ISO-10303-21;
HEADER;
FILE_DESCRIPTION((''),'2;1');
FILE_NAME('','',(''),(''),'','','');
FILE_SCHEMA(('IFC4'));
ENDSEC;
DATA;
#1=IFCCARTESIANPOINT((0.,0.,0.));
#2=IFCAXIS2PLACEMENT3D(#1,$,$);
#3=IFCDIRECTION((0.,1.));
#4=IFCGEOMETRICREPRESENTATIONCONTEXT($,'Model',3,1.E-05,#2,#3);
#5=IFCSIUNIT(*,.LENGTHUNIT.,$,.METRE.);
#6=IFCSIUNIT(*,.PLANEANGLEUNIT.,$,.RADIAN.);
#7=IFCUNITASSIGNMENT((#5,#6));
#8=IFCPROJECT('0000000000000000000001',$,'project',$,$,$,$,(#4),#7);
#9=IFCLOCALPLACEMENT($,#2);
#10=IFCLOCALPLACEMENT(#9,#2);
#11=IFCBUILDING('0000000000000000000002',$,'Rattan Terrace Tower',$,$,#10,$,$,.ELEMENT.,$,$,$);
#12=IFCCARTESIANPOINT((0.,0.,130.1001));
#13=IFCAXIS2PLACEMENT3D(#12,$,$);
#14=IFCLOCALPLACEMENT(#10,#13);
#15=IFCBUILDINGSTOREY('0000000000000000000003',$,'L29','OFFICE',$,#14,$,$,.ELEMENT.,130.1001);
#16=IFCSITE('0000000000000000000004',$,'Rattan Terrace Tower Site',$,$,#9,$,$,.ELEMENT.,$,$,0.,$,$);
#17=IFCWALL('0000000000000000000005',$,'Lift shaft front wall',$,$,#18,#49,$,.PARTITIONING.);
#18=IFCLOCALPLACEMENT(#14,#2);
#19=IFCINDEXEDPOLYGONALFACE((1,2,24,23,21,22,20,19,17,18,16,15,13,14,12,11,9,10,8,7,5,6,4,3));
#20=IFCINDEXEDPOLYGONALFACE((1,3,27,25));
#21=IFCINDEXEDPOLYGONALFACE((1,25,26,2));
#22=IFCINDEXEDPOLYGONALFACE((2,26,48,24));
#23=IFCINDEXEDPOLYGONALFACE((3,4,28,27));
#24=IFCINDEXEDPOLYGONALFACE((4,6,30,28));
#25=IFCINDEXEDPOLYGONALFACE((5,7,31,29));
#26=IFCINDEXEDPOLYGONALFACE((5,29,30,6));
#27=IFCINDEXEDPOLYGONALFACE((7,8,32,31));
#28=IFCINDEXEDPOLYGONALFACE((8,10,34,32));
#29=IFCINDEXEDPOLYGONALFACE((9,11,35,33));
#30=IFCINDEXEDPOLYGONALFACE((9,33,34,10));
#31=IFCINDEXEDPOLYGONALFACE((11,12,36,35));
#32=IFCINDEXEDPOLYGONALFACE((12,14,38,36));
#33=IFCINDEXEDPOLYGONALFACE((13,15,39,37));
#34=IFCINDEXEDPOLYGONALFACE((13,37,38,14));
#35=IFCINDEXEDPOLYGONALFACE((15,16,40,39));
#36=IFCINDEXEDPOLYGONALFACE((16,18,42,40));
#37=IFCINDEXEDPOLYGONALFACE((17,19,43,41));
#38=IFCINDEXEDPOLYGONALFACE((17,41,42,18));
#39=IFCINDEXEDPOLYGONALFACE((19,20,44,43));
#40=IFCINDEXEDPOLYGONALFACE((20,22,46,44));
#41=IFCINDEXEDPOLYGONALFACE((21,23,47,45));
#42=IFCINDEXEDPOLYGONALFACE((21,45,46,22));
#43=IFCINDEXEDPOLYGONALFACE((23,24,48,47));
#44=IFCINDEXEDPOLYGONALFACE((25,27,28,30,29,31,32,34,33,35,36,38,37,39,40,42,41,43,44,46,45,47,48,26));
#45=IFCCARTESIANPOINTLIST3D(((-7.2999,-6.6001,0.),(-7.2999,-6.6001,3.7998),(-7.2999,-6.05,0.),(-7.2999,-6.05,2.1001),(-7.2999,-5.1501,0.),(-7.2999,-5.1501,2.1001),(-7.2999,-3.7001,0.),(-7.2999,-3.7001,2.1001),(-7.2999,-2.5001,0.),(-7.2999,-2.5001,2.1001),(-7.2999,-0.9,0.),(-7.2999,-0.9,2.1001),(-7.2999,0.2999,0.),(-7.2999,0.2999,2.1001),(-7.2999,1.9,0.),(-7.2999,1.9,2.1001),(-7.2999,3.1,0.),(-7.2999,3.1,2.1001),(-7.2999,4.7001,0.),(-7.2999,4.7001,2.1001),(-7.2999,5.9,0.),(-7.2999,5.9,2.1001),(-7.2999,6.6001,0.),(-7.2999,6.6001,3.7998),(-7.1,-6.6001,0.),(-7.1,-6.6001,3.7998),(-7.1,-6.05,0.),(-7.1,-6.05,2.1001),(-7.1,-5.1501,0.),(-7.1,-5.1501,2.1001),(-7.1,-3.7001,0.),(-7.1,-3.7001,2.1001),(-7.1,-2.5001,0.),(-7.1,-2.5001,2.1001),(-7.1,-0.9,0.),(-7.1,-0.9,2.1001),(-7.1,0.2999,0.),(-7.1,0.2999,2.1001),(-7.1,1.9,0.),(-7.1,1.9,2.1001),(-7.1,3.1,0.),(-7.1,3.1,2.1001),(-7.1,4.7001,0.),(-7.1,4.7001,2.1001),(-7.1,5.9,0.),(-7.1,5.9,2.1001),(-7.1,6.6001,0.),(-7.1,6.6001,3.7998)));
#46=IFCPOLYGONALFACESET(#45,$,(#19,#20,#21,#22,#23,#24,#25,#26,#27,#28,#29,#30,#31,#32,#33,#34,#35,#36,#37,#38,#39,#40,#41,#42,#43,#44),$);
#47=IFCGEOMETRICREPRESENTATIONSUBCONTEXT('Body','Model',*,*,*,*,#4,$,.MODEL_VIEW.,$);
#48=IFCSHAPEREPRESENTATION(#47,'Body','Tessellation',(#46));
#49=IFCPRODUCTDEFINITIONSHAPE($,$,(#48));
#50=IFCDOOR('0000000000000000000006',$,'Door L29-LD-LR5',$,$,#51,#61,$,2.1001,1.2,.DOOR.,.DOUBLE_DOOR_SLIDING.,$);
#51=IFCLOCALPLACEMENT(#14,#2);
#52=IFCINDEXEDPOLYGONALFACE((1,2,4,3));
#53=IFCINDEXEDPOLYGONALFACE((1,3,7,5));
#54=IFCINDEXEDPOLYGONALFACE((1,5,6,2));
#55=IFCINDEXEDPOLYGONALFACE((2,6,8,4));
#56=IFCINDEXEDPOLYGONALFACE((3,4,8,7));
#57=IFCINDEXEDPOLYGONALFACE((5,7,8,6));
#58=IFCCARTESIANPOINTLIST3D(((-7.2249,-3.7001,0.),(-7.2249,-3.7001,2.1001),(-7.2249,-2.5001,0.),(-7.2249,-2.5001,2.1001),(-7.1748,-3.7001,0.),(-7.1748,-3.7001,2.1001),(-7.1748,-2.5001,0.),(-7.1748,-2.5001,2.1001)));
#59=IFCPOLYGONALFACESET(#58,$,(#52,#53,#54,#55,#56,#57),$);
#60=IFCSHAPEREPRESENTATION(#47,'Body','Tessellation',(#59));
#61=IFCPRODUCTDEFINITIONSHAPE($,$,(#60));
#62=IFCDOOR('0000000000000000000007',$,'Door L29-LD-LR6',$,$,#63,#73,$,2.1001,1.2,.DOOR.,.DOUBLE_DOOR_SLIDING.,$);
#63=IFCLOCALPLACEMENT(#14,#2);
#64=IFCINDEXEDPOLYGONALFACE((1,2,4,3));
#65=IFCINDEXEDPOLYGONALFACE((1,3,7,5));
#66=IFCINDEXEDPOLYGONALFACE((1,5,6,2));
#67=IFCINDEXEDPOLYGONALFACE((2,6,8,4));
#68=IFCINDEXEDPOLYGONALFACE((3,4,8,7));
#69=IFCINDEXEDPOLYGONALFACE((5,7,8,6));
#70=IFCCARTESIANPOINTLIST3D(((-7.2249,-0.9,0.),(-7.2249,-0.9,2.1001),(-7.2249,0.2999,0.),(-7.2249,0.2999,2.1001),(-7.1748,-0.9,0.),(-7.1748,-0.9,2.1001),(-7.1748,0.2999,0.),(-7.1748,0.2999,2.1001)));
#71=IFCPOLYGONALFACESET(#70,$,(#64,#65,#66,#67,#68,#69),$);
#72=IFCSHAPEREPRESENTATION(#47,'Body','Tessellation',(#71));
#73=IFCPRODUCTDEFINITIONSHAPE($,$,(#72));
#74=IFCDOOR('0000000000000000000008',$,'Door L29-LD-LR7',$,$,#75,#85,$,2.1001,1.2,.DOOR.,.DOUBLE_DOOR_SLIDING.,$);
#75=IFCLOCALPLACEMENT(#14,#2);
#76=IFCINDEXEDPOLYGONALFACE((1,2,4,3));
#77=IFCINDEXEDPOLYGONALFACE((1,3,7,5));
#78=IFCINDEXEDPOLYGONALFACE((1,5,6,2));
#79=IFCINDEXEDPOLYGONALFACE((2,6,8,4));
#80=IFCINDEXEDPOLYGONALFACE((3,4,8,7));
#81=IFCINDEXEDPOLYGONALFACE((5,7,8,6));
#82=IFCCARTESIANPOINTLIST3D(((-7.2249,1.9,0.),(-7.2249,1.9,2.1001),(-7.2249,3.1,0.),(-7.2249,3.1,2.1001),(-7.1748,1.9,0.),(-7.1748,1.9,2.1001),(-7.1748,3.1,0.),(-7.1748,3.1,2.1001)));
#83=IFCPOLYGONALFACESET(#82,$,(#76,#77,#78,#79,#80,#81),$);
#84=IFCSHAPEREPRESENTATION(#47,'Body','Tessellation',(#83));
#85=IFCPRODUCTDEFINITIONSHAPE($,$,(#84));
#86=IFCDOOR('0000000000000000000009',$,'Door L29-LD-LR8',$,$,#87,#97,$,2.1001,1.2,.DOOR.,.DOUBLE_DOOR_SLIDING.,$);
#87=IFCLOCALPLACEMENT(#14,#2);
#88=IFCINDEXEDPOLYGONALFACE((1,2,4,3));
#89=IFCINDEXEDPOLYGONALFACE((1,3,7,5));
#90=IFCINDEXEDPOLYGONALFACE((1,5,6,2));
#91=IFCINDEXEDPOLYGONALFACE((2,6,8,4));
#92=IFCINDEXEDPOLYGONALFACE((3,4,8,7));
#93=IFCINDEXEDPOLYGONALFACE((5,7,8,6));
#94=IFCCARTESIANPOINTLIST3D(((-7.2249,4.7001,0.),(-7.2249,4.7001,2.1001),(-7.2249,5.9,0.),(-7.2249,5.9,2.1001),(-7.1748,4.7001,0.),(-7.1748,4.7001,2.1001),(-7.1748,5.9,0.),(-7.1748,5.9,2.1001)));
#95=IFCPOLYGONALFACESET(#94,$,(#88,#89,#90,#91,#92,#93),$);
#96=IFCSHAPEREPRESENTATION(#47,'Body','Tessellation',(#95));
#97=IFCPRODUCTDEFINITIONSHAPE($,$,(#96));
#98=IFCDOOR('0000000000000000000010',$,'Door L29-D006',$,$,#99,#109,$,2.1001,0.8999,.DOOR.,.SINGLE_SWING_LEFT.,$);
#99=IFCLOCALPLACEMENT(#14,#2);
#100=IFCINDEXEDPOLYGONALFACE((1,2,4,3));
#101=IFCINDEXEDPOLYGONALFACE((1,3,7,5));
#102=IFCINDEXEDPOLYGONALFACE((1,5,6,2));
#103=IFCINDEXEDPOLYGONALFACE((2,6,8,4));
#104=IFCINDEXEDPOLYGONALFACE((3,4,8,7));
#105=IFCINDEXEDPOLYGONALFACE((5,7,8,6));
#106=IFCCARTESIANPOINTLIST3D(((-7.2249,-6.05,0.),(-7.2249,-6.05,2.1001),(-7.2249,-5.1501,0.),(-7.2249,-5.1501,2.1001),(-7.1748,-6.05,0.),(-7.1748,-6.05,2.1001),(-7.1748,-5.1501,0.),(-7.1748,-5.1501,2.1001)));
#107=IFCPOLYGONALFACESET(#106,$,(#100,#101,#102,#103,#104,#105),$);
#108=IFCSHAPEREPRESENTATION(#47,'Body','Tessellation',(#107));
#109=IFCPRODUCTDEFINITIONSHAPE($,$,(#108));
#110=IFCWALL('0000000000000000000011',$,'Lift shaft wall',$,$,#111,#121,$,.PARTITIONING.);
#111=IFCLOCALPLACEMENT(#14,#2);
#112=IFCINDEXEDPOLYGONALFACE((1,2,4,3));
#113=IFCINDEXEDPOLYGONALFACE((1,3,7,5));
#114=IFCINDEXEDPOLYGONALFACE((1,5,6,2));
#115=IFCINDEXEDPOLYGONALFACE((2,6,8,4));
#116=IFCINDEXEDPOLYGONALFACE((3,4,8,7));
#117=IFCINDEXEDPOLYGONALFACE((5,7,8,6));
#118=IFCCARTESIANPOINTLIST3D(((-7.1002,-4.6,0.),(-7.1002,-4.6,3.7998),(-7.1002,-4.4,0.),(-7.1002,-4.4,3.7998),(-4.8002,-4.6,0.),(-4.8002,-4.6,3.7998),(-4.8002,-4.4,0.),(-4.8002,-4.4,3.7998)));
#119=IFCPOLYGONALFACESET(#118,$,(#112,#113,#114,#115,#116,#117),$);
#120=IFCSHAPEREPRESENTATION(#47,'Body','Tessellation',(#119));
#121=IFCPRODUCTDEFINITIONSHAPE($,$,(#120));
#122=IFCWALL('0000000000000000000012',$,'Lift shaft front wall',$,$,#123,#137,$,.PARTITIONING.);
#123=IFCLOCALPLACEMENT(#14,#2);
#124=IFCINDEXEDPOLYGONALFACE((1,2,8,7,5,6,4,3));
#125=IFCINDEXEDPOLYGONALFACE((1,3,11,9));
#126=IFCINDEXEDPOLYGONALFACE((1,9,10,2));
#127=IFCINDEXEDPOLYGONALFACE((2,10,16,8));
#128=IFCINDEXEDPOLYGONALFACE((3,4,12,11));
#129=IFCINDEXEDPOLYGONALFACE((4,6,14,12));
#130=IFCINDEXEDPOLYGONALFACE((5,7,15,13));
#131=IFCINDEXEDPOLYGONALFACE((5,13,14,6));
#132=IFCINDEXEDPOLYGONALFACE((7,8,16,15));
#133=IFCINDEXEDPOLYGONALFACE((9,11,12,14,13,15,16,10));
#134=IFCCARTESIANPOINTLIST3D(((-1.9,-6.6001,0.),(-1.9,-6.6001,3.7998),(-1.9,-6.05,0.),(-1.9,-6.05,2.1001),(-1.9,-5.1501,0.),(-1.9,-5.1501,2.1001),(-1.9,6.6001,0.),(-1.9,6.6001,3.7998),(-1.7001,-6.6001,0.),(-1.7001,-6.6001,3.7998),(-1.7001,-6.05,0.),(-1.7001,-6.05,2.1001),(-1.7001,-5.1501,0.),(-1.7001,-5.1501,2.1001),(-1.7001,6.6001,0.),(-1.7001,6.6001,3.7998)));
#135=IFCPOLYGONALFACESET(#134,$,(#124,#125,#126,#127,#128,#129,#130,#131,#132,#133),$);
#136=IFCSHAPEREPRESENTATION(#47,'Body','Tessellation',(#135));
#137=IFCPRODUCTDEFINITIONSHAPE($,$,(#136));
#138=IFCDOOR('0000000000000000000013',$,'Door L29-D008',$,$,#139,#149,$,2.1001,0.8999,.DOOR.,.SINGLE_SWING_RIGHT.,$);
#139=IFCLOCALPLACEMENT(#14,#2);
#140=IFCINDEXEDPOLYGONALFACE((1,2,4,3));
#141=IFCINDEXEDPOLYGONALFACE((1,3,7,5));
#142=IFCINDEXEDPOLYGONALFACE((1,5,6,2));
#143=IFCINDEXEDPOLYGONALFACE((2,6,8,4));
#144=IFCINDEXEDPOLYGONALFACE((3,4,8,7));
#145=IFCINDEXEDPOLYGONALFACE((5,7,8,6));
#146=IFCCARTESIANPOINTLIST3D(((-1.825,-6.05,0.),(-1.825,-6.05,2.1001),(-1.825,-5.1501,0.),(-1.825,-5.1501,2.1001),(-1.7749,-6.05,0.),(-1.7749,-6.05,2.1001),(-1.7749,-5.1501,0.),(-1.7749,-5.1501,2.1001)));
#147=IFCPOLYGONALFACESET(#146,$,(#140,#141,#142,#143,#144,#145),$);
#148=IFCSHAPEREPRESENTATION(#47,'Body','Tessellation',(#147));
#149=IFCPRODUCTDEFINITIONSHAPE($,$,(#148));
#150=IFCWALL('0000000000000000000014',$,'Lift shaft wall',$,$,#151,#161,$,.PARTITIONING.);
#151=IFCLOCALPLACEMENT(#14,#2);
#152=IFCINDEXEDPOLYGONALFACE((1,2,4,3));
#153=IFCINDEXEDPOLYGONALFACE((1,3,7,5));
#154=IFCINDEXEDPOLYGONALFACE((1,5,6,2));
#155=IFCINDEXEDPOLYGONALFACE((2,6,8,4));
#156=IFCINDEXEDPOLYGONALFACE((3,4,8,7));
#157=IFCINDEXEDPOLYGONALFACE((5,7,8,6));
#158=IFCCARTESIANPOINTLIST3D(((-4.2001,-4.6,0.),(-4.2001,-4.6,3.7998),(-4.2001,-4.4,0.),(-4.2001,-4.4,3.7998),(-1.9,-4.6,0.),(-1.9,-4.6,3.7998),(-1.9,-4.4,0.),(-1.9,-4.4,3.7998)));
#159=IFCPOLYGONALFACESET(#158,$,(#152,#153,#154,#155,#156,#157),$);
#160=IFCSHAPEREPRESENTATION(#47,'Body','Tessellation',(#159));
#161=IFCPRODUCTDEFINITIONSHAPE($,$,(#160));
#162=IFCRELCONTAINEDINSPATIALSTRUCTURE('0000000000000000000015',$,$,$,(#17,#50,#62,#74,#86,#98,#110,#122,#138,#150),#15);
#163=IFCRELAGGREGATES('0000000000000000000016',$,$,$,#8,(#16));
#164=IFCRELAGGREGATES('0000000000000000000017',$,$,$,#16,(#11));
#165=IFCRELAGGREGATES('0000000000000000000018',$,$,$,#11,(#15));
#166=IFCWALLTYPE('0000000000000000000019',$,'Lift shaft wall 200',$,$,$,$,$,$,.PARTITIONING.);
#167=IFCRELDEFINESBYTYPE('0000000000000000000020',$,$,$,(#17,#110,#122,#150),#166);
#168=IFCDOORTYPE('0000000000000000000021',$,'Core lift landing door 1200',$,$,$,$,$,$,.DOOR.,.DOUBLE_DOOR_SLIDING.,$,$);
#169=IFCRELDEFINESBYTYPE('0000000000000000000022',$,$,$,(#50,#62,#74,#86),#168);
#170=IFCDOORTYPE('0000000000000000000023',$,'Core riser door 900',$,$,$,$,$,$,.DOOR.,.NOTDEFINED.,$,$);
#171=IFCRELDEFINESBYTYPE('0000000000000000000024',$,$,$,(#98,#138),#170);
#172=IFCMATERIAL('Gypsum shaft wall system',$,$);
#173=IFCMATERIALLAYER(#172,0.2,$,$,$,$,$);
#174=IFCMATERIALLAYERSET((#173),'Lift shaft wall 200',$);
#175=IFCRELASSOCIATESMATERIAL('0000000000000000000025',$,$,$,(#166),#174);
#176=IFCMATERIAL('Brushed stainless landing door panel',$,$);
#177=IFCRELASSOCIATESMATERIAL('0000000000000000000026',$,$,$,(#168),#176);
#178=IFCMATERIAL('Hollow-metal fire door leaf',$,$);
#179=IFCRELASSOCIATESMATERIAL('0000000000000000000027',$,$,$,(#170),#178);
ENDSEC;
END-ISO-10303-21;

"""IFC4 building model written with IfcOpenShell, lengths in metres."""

from ifc_helpers import new_model, si_unit, direction, frame, frame_2d, origin, place, context, subcontext, project, spatial, rectangle, extrude, material, layer, layer_set, type_object, element, fill, save


model = new_model("IFC4")

# Units and contexts
model_context = context("Model", 3, precision=1e-05, world=origin(), true_north=direction((0.0, 1.0)))
body_context = subcontext(model_context, "Body", "Model", "MODEL_VIEW")
ifc_project = project(units=[si_unit("LENGTHUNIT", "METRE"), si_unit("PLANEANGLEUNIT", "RADIAN")], contexts=[model_context])

# Site, building, storey
site_placement = place(None, origin())
site = spatial("IfcSite", under=ifc_project, at=site_placement, Name="Rattan Terrace Tower Site", CompositionType="ELEMENT", RefElevation=0.0)
building_placement = place(site_placement, origin())
building = spatial("IfcBuilding", under=site, at=building_placement, Name="Rattan Terrace Tower", CompositionType="ELEMENT")
storey_placement = place(building_placement, frame((0.0, 0.0, 130.1001)))
storey = spatial("IfcBuildingStorey", under=building, at=storey_placement, Name="L29", Description="OFFICE", CompositionType="ELEMENT", Elevation=130.1001)

# Wall, openings, doors
ifc_material_1 = material(Name="Gypsum shaft wall system")
ifc_layer_1 = layer(ifc_material_1, 0.2)
ifc_layer_set_1 = layer_set([ifc_layer_1], Name="Lift shaft wall 200")
wall_type_1 = type_object("IfcWallType", Name="Lift shaft wall 200", PredefinedType="PARTITIONING", material=ifc_layer_set_1)
ifc_material_2 = material(Name="Brushed stainless landing door panel")
door_type_1 = type_object("IfcDoorType", Name="Core lift landing door 1200", OperationType="DOUBLE_DOOR_SLIDING", PredefinedType="DOOR", material=ifc_material_2)
ifc_material_3 = material(Name="Hollow-metal fire door leaf")
door_type_2 = type_object("IfcDoorType", Name="Core riser door 900", OperationType="NOTDEFINED", PredefinedType="DOOR", material=ifc_material_3)
wall_1_placement = place(storey_placement, frame((-7.2, -6.6001, 0.0), z_axis=(0.0, 0.0, 1.0), x_axis=(0.0, 1.0, 0.0)))
wall_1 = element("IfcWall", 1, at=wall_1_placement, inside=storey, type_object=wall_type_1, Name="Lift shaft front wall", PredefinedType="PARTITIONING", context=body_context, shape_type="SweptSolid", body=[
    extrude(rectangle(XDim=13.2002, YDim=0.2, at=frame_2d((6.6001, 0.0))), origin(), (0.0, 0.0, 1.0), 3.7998),
])
opening_1_placement = place(wall_1_placement, frame((0.55, 0.0, 0.0)))
opening_1 = element("IfcOpeningElement", 2, at=opening_1_placement, cuts=wall_1, PredefinedType="OPENING", context=body_context, shape_type="SweptSolid", body=[
    extrude(rectangle(XDim=0.8999, YDim=2.1001, at=frame_2d((0.45, 1.05))), frame((0.0, 0.1106, 0.0), z_axis=(0.0, -1.0, 0.0), x_axis=(1.0, 0.0, 0.0)), (0.0, 0.0, 1.0), 0.2209),
])
opening_2_placement = place(wall_1_placement, frame((2.8999, 0.0, 0.0)))
opening_2 = element("IfcOpeningElement", 3, at=opening_2_placement, cuts=wall_1, PredefinedType="OPENING", context=body_context, shape_type="SweptSolid", body=[
    extrude(rectangle(XDim=1.2, YDim=2.1001, at=frame_2d((0.6001, 1.05))), frame((0.0, 0.1106, 0.0), z_axis=(0.0, -1.0, 0.0), x_axis=(1.0, 0.0, 0.0)), (0.0, 0.0, 1.0), 0.2209),
])
opening_3_placement = place(wall_1_placement, frame((5.7, 0.0, 0.0)))
opening_3 = element("IfcOpeningElement", 4, at=opening_3_placement, cuts=wall_1, PredefinedType="OPENING", context=body_context, shape_type="SweptSolid", body=[
    extrude(rectangle(XDim=1.2, YDim=2.1001, at=frame_2d((0.6001, 1.05))), frame((0.0, 0.1106, 0.0), z_axis=(0.0, -1.0, 0.0), x_axis=(1.0, 0.0, 0.0)), (0.0, 0.0, 1.0), 0.2209),
])
opening_4_placement = place(wall_1_placement, frame((8.5, 0.0, 0.0)))
opening_4 = element("IfcOpeningElement", 5, at=opening_4_placement, cuts=wall_1, PredefinedType="OPENING", context=body_context, shape_type="SweptSolid", body=[
    extrude(rectangle(XDim=1.2, YDim=2.1001, at=frame_2d((0.6001, 1.05))), frame((0.0, 0.1106, 0.0), z_axis=(0.0, -1.0, 0.0), x_axis=(1.0, 0.0, 0.0)), (0.0, 0.0, 1.0), 0.2209),
])
opening_5_placement = place(wall_1_placement, frame((11.3, 0.0, 0.0)))
opening_5 = element("IfcOpeningElement", 6, at=opening_5_placement, cuts=wall_1, PredefinedType="OPENING", context=body_context, shape_type="SweptSolid", body=[
    extrude(rectangle(XDim=1.2, YDim=2.1001, at=frame_2d((0.6001, 1.05))), frame((0.0, 0.1106, 0.0), z_axis=(0.0, -1.0, 0.0), x_axis=(1.0, 0.0, 0.0)), (0.0, 0.0, 1.0), 0.2209),
])
door_1_placement = place(opening_2_placement, origin())
door_1 = element("IfcDoor", 7, at=door_1_placement, inside=storey, type_object=door_type_1, Name="Door L29-LD-LR5", OperationType="DOUBLE_DOOR_SLIDING", OverallHeight=2.1001, OverallWidth=1.2, PredefinedType="DOOR", context=body_context, shape_type="SweptSolid", body=[
    extrude(rectangle(XDim=1.2, YDim=2.1001, at=frame_2d((0.6001, 1.05))), frame((0.0, 0.0249, 0.0), z_axis=(0.0, -1.0, 0.0), x_axis=(1.0, 0.0, 0.0)), (0.0, 0.0, 1.0), 0.05),
])
fill(opening_2, door_1)
door_2_placement = place(opening_3_placement, origin())
door_2 = element("IfcDoor", 8, at=door_2_placement, inside=storey, type_object=door_type_1, Name="Door L29-LD-LR6", OperationType="DOUBLE_DOOR_SLIDING", OverallHeight=2.1001, OverallWidth=1.2, PredefinedType="DOOR", context=body_context, shape_type="SweptSolid", body=[
    extrude(rectangle(XDim=1.2, YDim=2.1001, at=frame_2d((0.6001, 1.05))), frame((0.0, 0.0249, 0.0), z_axis=(0.0, -1.0, 0.0), x_axis=(1.0, 0.0, 0.0)), (0.0, 0.0, 1.0), 0.05),
])
fill(opening_3, door_2)
door_3_placement = place(opening_4_placement, origin())
door_3 = element("IfcDoor", 9, at=door_3_placement, inside=storey, type_object=door_type_1, Name="Door L29-LD-LR7", OperationType="DOUBLE_DOOR_SLIDING", OverallHeight=2.1001, OverallWidth=1.2, PredefinedType="DOOR", context=body_context, shape_type="SweptSolid", body=[
    extrude(rectangle(XDim=1.2, YDim=2.1001, at=frame_2d((0.6001, 1.05))), frame((0.0, 0.0249, 0.0), z_axis=(0.0, -1.0, 0.0), x_axis=(1.0, 0.0, 0.0)), (0.0, 0.0, 1.0), 0.05),
])
fill(opening_4, door_3)
door_4_placement = place(opening_5_placement, origin())
door_4 = element("IfcDoor", 10, at=door_4_placement, inside=storey, type_object=door_type_1, Name="Door L29-LD-LR8", OperationType="DOUBLE_DOOR_SLIDING", OverallHeight=2.1001, OverallWidth=1.2, PredefinedType="DOOR", context=body_context, shape_type="SweptSolid", body=[
    extrude(rectangle(XDim=1.2, YDim=2.1001, at=frame_2d((0.6001, 1.05))), frame((0.0, 0.0249, 0.0), z_axis=(0.0, -1.0, 0.0), x_axis=(1.0, 0.0, 0.0)), (0.0, 0.0, 1.0), 0.05),
])
fill(opening_5, door_4)
door_5_placement = place(opening_1_placement, origin())
door_5 = element("IfcDoor", 11, at=door_5_placement, inside=storey, type_object=door_type_2, Name="Door L29-D006", OperationType="SINGLE_SWING_LEFT", OverallHeight=2.1001, OverallWidth=0.8999, PredefinedType="DOOR", context=body_context, shape_type="SweptSolid", body=[
    extrude(rectangle(XDim=0.8999, YDim=2.1001, at=frame_2d((0.45, 1.05))), frame((0.0, 0.0249, 0.0), z_axis=(0.0, -1.0, 0.0), x_axis=(1.0, 0.0, 0.0)), (0.0, 0.0, 1.0), 0.05),
])
fill(opening_1, door_5)

# Wall
wall_2_placement = place(storey_placement, frame((-7.1001, -4.5, 0.0), z_axis=(0.0, 0.0, 1.0), x_axis=(1.0, 0.0, 0.0)))
element("IfcWall", 12, at=wall_2_placement, inside=storey, type_object=wall_type_1, Name="Lift shaft wall", PredefinedType="PARTITIONING", context=body_context, shape_type="SweptSolid", body=[
    extrude(rectangle(XDim=2.3, YDim=0.2, at=frame_2d((1.1499, 0.0))), origin(), (0.0, 0.0, 1.0), 3.7998),
])

# Wall, opening, door
wall_3_placement = place(storey_placement, frame((-1.8, -6.6001, 0.0), z_axis=(0.0, 0.0, 1.0), x_axis=(0.0, 1.0, 0.0)))
wall_3 = element("IfcWall", 13, at=wall_3_placement, inside=storey, type_object=wall_type_1, Name="Lift shaft front wall", PredefinedType="PARTITIONING", context=body_context, shape_type="SweptSolid", body=[
    extrude(rectangle(XDim=13.2002, YDim=0.2, at=frame_2d((6.6001, 0.0))), origin(), (0.0, 0.0, 1.0), 3.7998),
])
opening_6_placement = place(wall_3_placement, frame((0.55, 0.0, 0.0)))
opening_6 = element("IfcOpeningElement", 14, at=opening_6_placement, cuts=wall_3, PredefinedType="OPENING", context=body_context, shape_type="SweptSolid", body=[
    extrude(rectangle(XDim=0.8999, YDim=2.1001, at=frame_2d((0.45, 1.05))), frame((0.0, 0.1106, 0.0), z_axis=(0.0, -1.0, 0.0), x_axis=(1.0, 0.0, 0.0)), (0.0, 0.0, 1.0), 0.2209),
])
door_6_placement = place(opening_6_placement, origin())
door_6 = element("IfcDoor", 15, at=door_6_placement, inside=storey, type_object=door_type_2, Name="Door L29-D008", OperationType="SINGLE_SWING_RIGHT", OverallHeight=2.1001, OverallWidth=0.8999, PredefinedType="DOOR", context=body_context, shape_type="SweptSolid", body=[
    extrude(rectangle(XDim=0.8999, YDim=2.1001, at=frame_2d((0.45, 1.05))), frame((0.0, 0.0249, 0.0), z_axis=(0.0, -1.0, 0.0), x_axis=(1.0, 0.0, 0.0)), (0.0, 0.0, 1.0), 0.05),
])
fill(opening_6, door_6)

# Wall
wall_4_placement = place(storey_placement, frame((-4.2, -4.5, 0.0), z_axis=(0.0, 0.0, 1.0), x_axis=(1.0, 0.0, 0.0)))
element("IfcWall", 16, at=wall_4_placement, inside=storey, type_object=wall_type_1, Name="Lift shaft wall", PredefinedType="PARTITIONING", context=body_context, shape_type="SweptSolid", body=[
    extrude(rectangle(XDim=2.3, YDim=0.2, at=frame_2d((1.1499, 0.0))), origin(), (0.0, 0.0, 1.0), 3.7998),
])

save(model, "model.ifc")
